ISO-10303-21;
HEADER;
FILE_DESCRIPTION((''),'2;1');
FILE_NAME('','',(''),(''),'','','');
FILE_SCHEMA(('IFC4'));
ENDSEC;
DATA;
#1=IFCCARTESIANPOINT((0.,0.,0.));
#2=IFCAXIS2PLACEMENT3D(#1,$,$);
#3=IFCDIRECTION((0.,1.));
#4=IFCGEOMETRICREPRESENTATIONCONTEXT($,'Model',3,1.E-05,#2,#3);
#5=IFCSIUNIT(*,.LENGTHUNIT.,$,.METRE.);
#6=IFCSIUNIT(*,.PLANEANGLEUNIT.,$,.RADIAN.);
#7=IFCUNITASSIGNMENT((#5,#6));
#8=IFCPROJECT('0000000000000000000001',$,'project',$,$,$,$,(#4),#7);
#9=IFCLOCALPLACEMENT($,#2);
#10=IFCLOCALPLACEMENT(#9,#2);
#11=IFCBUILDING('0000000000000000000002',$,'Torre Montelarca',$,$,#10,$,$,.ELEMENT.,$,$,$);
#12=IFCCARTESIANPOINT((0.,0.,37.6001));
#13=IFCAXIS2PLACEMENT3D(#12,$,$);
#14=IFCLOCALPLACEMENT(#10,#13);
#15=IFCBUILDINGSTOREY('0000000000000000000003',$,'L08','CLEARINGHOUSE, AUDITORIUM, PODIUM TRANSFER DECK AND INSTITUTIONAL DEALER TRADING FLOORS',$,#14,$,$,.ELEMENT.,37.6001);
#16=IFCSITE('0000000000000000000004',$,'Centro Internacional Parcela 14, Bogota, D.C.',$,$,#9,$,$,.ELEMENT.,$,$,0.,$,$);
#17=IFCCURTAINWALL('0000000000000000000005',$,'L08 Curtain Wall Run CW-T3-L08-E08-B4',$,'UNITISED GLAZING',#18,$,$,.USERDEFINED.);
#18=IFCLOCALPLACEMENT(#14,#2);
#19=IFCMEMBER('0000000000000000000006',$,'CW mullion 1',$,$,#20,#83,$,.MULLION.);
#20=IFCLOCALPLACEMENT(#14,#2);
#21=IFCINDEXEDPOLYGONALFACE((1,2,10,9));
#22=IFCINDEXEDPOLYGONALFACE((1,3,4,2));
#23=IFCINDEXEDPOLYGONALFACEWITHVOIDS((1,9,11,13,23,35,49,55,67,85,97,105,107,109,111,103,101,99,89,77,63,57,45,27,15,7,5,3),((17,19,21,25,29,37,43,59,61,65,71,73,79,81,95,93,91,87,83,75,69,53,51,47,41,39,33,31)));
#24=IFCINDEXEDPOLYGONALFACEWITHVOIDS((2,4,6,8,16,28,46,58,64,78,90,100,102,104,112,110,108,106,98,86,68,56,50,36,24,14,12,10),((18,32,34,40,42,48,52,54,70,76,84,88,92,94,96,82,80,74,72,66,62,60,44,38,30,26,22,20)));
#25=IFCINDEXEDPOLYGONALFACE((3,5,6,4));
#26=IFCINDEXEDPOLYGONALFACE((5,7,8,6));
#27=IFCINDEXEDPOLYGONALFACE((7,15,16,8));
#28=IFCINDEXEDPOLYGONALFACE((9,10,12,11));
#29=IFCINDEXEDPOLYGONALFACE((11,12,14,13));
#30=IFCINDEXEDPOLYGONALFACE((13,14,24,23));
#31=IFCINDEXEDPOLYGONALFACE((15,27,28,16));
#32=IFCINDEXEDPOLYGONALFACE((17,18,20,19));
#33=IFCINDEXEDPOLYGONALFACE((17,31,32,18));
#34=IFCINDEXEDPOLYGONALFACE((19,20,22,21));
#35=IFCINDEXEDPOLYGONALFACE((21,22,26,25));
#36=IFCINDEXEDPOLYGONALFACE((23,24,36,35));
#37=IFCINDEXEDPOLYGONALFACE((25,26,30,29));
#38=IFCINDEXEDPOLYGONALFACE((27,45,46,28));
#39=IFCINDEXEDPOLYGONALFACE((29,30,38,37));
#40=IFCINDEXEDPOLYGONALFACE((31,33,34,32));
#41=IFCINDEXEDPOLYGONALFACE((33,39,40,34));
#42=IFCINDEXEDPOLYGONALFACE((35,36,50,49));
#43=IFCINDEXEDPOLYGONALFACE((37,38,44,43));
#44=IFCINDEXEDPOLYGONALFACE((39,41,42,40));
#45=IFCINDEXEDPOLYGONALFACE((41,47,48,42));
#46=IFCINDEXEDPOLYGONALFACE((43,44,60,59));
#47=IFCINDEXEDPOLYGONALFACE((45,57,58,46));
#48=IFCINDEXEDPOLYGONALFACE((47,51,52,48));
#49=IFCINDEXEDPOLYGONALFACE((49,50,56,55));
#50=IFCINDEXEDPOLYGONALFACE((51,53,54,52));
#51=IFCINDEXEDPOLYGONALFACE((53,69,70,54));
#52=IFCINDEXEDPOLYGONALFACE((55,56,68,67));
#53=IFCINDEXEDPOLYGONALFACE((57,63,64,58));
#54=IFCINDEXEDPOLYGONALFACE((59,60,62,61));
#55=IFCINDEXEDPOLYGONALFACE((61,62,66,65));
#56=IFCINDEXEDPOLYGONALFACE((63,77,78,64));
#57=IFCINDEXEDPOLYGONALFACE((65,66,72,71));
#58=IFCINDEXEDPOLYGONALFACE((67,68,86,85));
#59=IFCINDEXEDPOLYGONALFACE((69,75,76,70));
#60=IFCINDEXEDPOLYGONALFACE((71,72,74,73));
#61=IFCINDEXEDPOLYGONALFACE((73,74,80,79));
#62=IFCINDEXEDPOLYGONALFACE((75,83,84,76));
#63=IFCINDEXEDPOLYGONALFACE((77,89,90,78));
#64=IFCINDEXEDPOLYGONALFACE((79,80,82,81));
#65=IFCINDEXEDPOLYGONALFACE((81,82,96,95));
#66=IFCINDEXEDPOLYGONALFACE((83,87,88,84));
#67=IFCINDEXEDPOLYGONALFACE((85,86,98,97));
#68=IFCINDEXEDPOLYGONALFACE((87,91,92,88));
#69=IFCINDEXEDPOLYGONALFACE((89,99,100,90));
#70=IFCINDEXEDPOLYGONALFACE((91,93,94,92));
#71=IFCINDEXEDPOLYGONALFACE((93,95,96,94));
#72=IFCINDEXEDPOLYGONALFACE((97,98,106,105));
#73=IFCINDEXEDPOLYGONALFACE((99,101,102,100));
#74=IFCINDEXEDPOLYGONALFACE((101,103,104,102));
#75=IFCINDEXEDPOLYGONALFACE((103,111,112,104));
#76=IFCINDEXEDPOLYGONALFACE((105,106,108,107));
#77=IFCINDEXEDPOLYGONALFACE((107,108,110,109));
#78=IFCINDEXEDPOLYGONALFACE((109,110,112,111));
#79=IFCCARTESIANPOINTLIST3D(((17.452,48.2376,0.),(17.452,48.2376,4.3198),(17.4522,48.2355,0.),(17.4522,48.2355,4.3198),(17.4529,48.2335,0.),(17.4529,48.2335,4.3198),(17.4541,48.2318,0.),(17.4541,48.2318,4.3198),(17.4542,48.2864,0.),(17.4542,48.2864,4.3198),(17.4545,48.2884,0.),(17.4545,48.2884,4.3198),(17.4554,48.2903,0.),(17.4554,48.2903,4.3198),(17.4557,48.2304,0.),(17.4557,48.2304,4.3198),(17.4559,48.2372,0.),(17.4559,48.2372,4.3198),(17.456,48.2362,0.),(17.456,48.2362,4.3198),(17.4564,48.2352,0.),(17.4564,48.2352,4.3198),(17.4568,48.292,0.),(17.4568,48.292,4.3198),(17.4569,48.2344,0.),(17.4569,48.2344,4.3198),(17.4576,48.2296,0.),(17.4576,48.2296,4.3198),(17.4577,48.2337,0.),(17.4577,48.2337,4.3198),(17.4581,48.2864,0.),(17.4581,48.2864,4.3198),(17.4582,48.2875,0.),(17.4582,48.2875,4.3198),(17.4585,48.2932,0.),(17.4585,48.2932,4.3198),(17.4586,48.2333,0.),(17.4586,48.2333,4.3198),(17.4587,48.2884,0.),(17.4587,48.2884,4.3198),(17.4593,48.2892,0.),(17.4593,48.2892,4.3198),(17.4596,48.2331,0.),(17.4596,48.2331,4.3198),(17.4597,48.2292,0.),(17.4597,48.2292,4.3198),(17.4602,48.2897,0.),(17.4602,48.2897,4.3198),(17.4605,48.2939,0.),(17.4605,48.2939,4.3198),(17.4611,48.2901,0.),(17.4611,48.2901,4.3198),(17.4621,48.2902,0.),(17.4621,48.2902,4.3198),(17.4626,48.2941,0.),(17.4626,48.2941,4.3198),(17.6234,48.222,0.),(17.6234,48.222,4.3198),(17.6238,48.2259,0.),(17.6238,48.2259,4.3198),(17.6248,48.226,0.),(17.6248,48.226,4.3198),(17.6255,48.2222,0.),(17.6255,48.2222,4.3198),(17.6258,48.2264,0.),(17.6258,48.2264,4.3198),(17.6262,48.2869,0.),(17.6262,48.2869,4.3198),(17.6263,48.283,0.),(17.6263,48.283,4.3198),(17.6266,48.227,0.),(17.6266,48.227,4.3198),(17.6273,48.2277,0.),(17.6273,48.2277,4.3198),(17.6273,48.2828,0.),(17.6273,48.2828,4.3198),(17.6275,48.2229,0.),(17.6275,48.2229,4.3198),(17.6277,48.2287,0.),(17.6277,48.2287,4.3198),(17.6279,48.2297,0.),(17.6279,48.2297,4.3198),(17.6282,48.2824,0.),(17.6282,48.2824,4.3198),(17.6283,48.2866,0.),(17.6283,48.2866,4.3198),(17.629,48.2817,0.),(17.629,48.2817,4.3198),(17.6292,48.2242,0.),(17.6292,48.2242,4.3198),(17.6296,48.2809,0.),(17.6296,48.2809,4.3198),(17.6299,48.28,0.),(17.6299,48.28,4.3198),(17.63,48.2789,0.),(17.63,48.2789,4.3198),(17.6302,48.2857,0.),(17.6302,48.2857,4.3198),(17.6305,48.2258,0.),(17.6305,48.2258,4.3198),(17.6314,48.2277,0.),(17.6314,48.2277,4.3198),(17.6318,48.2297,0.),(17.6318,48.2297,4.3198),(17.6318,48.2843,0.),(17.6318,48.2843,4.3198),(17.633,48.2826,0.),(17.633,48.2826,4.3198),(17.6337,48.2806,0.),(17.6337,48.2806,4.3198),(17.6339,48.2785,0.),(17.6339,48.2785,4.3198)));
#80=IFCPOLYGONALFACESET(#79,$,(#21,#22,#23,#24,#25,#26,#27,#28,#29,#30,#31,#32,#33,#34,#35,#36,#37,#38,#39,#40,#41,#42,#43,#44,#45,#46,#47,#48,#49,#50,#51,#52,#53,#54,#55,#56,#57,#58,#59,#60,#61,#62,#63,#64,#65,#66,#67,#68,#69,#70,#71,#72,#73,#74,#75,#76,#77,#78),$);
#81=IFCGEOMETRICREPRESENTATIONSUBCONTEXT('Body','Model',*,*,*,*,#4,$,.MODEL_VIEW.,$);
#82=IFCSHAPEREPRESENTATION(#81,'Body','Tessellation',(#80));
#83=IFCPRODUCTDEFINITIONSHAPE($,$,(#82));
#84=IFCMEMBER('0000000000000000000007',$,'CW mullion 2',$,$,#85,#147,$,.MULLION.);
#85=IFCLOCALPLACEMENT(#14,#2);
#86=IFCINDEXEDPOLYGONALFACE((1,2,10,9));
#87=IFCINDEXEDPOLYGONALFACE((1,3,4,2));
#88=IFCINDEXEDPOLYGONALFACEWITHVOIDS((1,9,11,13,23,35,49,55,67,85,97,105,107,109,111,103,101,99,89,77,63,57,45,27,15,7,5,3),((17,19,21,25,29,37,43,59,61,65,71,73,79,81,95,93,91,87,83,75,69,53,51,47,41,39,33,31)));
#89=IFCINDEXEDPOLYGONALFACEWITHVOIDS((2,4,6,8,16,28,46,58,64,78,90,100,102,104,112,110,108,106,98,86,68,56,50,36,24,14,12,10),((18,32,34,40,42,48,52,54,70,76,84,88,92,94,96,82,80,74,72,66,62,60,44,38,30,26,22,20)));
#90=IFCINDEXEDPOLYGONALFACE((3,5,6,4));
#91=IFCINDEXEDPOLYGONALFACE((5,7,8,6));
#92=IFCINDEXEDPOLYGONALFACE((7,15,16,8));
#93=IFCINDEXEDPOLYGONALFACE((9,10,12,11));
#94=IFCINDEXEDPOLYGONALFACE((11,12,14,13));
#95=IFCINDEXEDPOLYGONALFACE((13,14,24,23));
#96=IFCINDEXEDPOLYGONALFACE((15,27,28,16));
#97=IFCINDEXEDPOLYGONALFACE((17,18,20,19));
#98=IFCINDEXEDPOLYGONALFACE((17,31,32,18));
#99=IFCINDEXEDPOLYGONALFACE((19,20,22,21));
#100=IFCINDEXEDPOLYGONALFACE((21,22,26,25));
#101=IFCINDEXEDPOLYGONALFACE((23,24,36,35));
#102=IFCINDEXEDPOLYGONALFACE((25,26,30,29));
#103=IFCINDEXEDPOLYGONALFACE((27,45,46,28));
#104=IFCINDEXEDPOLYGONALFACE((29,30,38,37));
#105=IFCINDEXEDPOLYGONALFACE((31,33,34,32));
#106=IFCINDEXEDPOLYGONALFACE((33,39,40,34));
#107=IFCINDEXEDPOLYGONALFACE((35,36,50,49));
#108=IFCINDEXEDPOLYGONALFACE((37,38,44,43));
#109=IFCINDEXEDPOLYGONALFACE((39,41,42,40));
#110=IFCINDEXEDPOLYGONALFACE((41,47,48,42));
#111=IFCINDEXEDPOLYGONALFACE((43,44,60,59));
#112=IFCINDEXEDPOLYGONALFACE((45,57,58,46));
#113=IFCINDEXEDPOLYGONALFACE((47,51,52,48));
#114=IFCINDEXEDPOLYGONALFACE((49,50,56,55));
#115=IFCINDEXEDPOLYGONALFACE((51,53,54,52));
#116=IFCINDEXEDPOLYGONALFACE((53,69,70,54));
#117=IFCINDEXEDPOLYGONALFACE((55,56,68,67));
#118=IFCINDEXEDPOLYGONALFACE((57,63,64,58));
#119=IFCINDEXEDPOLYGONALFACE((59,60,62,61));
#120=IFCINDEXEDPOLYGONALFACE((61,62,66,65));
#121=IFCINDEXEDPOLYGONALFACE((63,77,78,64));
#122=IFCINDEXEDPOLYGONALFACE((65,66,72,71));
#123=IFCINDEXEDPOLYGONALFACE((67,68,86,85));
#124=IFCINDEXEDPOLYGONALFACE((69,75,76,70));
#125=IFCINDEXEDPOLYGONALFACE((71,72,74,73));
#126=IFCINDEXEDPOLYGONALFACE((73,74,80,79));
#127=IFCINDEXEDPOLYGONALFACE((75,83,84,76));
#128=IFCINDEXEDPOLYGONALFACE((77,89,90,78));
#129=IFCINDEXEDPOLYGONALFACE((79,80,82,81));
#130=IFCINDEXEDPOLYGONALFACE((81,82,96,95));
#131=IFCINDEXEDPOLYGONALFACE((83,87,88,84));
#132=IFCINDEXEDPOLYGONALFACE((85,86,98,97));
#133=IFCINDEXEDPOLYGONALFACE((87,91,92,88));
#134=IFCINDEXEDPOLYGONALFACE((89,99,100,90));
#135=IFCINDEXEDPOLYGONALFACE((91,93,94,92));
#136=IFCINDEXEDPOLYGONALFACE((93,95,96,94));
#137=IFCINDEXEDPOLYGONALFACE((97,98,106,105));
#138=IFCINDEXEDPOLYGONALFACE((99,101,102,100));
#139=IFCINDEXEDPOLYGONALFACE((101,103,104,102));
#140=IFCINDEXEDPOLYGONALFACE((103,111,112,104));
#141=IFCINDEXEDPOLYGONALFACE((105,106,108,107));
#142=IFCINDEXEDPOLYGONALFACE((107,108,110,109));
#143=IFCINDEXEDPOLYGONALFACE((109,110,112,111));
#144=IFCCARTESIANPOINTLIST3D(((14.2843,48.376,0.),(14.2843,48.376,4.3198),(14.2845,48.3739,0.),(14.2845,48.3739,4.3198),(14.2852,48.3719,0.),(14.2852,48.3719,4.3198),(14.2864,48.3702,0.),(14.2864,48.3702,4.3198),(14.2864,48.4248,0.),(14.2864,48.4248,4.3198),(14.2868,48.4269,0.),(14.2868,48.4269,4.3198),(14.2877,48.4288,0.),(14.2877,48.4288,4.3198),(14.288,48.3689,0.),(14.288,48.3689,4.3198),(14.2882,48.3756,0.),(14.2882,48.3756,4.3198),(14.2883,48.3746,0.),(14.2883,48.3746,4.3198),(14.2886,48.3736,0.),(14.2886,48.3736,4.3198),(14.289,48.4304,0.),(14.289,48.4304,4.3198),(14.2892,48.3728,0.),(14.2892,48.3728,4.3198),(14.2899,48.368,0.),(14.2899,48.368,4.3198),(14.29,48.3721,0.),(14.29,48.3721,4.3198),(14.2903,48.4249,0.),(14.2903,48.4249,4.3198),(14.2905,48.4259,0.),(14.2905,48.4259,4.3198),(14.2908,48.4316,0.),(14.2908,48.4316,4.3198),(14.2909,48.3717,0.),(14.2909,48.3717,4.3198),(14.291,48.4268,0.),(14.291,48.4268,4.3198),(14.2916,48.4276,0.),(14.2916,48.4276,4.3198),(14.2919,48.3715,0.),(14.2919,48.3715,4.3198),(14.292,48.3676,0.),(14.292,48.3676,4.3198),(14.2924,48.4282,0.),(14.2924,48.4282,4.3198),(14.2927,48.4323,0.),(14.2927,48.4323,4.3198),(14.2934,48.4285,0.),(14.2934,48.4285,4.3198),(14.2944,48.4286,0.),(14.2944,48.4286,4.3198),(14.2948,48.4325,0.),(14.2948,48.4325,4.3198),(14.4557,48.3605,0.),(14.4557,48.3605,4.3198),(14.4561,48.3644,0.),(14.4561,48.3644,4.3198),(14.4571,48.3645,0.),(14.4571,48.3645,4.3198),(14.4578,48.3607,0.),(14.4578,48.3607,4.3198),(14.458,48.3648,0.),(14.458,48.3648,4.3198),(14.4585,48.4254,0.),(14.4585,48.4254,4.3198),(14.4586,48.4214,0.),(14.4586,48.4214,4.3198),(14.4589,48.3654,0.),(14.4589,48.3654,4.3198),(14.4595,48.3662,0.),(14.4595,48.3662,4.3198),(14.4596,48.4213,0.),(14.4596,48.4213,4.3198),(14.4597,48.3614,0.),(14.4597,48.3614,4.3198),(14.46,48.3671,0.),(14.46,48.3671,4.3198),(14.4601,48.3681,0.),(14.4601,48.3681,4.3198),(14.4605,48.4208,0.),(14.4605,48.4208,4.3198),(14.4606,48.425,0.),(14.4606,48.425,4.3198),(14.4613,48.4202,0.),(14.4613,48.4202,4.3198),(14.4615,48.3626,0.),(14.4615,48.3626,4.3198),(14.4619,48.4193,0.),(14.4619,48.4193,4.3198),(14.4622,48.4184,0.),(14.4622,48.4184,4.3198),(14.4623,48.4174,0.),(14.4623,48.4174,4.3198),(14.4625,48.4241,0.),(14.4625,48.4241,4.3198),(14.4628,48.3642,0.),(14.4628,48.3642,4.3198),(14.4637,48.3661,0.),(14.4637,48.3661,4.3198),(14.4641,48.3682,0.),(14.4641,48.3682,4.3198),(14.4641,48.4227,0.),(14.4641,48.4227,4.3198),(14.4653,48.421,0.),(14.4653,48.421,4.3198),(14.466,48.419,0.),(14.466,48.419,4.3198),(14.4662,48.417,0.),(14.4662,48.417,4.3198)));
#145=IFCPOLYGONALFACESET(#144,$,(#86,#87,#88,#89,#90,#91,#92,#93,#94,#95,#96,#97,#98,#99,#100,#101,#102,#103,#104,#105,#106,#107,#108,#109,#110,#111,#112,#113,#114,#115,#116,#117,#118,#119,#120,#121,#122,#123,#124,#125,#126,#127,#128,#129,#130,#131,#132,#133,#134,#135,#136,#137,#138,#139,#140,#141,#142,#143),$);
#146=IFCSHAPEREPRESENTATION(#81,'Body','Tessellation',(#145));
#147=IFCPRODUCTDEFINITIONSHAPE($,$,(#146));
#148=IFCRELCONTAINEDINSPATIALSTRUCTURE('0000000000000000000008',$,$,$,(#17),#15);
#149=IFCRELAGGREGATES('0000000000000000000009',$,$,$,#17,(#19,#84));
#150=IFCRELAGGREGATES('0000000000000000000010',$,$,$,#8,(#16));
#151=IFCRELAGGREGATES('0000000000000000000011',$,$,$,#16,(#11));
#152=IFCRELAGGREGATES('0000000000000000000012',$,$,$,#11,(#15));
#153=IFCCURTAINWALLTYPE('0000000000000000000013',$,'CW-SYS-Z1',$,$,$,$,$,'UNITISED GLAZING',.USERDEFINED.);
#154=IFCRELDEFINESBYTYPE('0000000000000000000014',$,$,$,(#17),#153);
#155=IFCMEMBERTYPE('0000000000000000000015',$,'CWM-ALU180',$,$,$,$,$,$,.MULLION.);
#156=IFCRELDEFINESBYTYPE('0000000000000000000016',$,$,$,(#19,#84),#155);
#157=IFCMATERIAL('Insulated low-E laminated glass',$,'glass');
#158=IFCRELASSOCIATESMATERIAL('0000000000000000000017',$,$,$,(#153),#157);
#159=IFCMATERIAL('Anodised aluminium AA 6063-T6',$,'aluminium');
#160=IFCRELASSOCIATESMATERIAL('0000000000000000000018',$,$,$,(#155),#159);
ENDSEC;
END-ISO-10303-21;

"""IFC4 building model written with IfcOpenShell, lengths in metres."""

from ifc_helpers import new_model, si_unit, direction, frame, origin, origin_2d, place, context, subcontext, project, spatial, hollow_rectangle, extrude, source, transform, mapped, material, material_profile, profile_set, type_object, element, aggregate, save


model = new_model("IFC4")

# Units and contexts
model_context = context("Model", 3, precision=1e-05, world=origin(), true_north=direction((0.0, 1.0)))
body_context = subcontext(model_context, "Body", "Model", "MODEL_VIEW")
ifc_project = project(units=[si_unit("LENGTHUNIT", "METRE"), si_unit("PLANEANGLEUNIT", "RADIAN")], contexts=[model_context])

# Site, building, storey
site_placement = place(None, origin())
site = spatial("IfcSite", under=ifc_project, at=site_placement, Name="Centro Internacional Parcela 14, Bogota, D.C.", CompositionType="ELEMENT", RefElevation=0.0)
building_placement = place(site_placement, origin())
building = spatial("IfcBuilding", under=site, at=building_placement, Name="Torre Montelarca", CompositionType="ELEMENT")
storey_placement = place(building_placement, frame((0.0, 0.0, 37.6001)))
storey = spatial("IfcBuildingStorey", under=building, at=storey_placement, Name="L08", Description="CLEARINGHOUSE, AUDITORIUM, PODIUM TRANSFER DECK AND INSTITUTIONAL DEALER TRADING FLOORS", CompositionType="ELEMENT", Elevation=37.6001)

# Shared definitions
ifc_material_1 = material(Name="Insulated low-E laminated glass", Category="glass")
curtain_wall_type = type_object("IfcCurtainWallType", Name="CW-SYS-Z1", ElementType="UNITISED GLAZING", PredefinedType="USERDEFINED", material=ifc_material_1)
ifc_material_2 = material(Name="Anodised aluminium AA 6063-T6", Category="aluminium")
ifc_material_profile_1 = material_profile(ifc_material_2, hollow_rectangle(XDim=0.0649, YDim=0.1799, WallThickness=0.0039, InnerFilletRadius=0.0039, OuterFilletRadius=0.0081, at=origin_2d()), Name="ALU65X180X4", Category="aluminium")
ifc_profile_set_1 = profile_set([ifc_material_profile_1], Name="Anodised aluminium AA 6063-T6")
member_type_1 = type_object("IfcMemberType", Name="CWM-ALU180", PredefinedType="MULLION", material=ifc_profile_set_1)
shared_shape_1 = source(origin(), body_context, "Body", "SweptSolid", [
    extrude(hollow_rectangle(XDim=0.0649, YDim=0.1799, WallThickness=0.0039, InnerFilletRadius=0.0039, OuterFilletRadius=0.0081, at=origin_2d()), origin(), (0.0, 0.0, 1.0), 4.3198),
])

# Curtain wall, members
curtain_wall_1_placement = place(storey_placement, origin())
curtain_wall_1 = element("IfcCurtainWall", 1, at=curtain_wall_1_placement, inside=storey, type_object=curtain_wall_type, Name="L08 Curtain Wall Run CW-T3-L08-E08-B4", ObjectType="UNITISED GLAZING", PredefinedType="USERDEFINED")
member_1_placement = place(storey_placement, frame((17.543, 48.2581, 0.0), z_axis=(0.0, 0.0, 1.0), x_axis=(-0.043627, -0.999048, 0.0)))
member_1 = element("IfcMember", 2, at=member_1_placement, type_object=member_type_1, Name="CW mullion 1", PredefinedType="MULLION", context=body_context, shape_type="MappedRepresentation", body=[
    mapped(shared_shape_1, transform((0.0, 0.0, 0.0), scale=1.0)),
])
member_2_placement = place(storey_placement, frame((14.3752, 48.3965, 0.0), z_axis=(0.0, 0.0, 1.0), x_axis=(-0.043627, -0.999048, 0.0)))
member_2 = element("IfcMember", 3, at=member_2_placement, type_object=member_type_1, Name="CW mullion 2", PredefinedType="MULLION", context=body_context, shape_type="MappedRepresentation", body=[
    mapped(shared_shape_1, transform((0.0, 0.0, 0.0), scale=1.0)),
])

aggregate(curtain_wall_1, [member_1, member_2])

save(model, "model.ifc")
